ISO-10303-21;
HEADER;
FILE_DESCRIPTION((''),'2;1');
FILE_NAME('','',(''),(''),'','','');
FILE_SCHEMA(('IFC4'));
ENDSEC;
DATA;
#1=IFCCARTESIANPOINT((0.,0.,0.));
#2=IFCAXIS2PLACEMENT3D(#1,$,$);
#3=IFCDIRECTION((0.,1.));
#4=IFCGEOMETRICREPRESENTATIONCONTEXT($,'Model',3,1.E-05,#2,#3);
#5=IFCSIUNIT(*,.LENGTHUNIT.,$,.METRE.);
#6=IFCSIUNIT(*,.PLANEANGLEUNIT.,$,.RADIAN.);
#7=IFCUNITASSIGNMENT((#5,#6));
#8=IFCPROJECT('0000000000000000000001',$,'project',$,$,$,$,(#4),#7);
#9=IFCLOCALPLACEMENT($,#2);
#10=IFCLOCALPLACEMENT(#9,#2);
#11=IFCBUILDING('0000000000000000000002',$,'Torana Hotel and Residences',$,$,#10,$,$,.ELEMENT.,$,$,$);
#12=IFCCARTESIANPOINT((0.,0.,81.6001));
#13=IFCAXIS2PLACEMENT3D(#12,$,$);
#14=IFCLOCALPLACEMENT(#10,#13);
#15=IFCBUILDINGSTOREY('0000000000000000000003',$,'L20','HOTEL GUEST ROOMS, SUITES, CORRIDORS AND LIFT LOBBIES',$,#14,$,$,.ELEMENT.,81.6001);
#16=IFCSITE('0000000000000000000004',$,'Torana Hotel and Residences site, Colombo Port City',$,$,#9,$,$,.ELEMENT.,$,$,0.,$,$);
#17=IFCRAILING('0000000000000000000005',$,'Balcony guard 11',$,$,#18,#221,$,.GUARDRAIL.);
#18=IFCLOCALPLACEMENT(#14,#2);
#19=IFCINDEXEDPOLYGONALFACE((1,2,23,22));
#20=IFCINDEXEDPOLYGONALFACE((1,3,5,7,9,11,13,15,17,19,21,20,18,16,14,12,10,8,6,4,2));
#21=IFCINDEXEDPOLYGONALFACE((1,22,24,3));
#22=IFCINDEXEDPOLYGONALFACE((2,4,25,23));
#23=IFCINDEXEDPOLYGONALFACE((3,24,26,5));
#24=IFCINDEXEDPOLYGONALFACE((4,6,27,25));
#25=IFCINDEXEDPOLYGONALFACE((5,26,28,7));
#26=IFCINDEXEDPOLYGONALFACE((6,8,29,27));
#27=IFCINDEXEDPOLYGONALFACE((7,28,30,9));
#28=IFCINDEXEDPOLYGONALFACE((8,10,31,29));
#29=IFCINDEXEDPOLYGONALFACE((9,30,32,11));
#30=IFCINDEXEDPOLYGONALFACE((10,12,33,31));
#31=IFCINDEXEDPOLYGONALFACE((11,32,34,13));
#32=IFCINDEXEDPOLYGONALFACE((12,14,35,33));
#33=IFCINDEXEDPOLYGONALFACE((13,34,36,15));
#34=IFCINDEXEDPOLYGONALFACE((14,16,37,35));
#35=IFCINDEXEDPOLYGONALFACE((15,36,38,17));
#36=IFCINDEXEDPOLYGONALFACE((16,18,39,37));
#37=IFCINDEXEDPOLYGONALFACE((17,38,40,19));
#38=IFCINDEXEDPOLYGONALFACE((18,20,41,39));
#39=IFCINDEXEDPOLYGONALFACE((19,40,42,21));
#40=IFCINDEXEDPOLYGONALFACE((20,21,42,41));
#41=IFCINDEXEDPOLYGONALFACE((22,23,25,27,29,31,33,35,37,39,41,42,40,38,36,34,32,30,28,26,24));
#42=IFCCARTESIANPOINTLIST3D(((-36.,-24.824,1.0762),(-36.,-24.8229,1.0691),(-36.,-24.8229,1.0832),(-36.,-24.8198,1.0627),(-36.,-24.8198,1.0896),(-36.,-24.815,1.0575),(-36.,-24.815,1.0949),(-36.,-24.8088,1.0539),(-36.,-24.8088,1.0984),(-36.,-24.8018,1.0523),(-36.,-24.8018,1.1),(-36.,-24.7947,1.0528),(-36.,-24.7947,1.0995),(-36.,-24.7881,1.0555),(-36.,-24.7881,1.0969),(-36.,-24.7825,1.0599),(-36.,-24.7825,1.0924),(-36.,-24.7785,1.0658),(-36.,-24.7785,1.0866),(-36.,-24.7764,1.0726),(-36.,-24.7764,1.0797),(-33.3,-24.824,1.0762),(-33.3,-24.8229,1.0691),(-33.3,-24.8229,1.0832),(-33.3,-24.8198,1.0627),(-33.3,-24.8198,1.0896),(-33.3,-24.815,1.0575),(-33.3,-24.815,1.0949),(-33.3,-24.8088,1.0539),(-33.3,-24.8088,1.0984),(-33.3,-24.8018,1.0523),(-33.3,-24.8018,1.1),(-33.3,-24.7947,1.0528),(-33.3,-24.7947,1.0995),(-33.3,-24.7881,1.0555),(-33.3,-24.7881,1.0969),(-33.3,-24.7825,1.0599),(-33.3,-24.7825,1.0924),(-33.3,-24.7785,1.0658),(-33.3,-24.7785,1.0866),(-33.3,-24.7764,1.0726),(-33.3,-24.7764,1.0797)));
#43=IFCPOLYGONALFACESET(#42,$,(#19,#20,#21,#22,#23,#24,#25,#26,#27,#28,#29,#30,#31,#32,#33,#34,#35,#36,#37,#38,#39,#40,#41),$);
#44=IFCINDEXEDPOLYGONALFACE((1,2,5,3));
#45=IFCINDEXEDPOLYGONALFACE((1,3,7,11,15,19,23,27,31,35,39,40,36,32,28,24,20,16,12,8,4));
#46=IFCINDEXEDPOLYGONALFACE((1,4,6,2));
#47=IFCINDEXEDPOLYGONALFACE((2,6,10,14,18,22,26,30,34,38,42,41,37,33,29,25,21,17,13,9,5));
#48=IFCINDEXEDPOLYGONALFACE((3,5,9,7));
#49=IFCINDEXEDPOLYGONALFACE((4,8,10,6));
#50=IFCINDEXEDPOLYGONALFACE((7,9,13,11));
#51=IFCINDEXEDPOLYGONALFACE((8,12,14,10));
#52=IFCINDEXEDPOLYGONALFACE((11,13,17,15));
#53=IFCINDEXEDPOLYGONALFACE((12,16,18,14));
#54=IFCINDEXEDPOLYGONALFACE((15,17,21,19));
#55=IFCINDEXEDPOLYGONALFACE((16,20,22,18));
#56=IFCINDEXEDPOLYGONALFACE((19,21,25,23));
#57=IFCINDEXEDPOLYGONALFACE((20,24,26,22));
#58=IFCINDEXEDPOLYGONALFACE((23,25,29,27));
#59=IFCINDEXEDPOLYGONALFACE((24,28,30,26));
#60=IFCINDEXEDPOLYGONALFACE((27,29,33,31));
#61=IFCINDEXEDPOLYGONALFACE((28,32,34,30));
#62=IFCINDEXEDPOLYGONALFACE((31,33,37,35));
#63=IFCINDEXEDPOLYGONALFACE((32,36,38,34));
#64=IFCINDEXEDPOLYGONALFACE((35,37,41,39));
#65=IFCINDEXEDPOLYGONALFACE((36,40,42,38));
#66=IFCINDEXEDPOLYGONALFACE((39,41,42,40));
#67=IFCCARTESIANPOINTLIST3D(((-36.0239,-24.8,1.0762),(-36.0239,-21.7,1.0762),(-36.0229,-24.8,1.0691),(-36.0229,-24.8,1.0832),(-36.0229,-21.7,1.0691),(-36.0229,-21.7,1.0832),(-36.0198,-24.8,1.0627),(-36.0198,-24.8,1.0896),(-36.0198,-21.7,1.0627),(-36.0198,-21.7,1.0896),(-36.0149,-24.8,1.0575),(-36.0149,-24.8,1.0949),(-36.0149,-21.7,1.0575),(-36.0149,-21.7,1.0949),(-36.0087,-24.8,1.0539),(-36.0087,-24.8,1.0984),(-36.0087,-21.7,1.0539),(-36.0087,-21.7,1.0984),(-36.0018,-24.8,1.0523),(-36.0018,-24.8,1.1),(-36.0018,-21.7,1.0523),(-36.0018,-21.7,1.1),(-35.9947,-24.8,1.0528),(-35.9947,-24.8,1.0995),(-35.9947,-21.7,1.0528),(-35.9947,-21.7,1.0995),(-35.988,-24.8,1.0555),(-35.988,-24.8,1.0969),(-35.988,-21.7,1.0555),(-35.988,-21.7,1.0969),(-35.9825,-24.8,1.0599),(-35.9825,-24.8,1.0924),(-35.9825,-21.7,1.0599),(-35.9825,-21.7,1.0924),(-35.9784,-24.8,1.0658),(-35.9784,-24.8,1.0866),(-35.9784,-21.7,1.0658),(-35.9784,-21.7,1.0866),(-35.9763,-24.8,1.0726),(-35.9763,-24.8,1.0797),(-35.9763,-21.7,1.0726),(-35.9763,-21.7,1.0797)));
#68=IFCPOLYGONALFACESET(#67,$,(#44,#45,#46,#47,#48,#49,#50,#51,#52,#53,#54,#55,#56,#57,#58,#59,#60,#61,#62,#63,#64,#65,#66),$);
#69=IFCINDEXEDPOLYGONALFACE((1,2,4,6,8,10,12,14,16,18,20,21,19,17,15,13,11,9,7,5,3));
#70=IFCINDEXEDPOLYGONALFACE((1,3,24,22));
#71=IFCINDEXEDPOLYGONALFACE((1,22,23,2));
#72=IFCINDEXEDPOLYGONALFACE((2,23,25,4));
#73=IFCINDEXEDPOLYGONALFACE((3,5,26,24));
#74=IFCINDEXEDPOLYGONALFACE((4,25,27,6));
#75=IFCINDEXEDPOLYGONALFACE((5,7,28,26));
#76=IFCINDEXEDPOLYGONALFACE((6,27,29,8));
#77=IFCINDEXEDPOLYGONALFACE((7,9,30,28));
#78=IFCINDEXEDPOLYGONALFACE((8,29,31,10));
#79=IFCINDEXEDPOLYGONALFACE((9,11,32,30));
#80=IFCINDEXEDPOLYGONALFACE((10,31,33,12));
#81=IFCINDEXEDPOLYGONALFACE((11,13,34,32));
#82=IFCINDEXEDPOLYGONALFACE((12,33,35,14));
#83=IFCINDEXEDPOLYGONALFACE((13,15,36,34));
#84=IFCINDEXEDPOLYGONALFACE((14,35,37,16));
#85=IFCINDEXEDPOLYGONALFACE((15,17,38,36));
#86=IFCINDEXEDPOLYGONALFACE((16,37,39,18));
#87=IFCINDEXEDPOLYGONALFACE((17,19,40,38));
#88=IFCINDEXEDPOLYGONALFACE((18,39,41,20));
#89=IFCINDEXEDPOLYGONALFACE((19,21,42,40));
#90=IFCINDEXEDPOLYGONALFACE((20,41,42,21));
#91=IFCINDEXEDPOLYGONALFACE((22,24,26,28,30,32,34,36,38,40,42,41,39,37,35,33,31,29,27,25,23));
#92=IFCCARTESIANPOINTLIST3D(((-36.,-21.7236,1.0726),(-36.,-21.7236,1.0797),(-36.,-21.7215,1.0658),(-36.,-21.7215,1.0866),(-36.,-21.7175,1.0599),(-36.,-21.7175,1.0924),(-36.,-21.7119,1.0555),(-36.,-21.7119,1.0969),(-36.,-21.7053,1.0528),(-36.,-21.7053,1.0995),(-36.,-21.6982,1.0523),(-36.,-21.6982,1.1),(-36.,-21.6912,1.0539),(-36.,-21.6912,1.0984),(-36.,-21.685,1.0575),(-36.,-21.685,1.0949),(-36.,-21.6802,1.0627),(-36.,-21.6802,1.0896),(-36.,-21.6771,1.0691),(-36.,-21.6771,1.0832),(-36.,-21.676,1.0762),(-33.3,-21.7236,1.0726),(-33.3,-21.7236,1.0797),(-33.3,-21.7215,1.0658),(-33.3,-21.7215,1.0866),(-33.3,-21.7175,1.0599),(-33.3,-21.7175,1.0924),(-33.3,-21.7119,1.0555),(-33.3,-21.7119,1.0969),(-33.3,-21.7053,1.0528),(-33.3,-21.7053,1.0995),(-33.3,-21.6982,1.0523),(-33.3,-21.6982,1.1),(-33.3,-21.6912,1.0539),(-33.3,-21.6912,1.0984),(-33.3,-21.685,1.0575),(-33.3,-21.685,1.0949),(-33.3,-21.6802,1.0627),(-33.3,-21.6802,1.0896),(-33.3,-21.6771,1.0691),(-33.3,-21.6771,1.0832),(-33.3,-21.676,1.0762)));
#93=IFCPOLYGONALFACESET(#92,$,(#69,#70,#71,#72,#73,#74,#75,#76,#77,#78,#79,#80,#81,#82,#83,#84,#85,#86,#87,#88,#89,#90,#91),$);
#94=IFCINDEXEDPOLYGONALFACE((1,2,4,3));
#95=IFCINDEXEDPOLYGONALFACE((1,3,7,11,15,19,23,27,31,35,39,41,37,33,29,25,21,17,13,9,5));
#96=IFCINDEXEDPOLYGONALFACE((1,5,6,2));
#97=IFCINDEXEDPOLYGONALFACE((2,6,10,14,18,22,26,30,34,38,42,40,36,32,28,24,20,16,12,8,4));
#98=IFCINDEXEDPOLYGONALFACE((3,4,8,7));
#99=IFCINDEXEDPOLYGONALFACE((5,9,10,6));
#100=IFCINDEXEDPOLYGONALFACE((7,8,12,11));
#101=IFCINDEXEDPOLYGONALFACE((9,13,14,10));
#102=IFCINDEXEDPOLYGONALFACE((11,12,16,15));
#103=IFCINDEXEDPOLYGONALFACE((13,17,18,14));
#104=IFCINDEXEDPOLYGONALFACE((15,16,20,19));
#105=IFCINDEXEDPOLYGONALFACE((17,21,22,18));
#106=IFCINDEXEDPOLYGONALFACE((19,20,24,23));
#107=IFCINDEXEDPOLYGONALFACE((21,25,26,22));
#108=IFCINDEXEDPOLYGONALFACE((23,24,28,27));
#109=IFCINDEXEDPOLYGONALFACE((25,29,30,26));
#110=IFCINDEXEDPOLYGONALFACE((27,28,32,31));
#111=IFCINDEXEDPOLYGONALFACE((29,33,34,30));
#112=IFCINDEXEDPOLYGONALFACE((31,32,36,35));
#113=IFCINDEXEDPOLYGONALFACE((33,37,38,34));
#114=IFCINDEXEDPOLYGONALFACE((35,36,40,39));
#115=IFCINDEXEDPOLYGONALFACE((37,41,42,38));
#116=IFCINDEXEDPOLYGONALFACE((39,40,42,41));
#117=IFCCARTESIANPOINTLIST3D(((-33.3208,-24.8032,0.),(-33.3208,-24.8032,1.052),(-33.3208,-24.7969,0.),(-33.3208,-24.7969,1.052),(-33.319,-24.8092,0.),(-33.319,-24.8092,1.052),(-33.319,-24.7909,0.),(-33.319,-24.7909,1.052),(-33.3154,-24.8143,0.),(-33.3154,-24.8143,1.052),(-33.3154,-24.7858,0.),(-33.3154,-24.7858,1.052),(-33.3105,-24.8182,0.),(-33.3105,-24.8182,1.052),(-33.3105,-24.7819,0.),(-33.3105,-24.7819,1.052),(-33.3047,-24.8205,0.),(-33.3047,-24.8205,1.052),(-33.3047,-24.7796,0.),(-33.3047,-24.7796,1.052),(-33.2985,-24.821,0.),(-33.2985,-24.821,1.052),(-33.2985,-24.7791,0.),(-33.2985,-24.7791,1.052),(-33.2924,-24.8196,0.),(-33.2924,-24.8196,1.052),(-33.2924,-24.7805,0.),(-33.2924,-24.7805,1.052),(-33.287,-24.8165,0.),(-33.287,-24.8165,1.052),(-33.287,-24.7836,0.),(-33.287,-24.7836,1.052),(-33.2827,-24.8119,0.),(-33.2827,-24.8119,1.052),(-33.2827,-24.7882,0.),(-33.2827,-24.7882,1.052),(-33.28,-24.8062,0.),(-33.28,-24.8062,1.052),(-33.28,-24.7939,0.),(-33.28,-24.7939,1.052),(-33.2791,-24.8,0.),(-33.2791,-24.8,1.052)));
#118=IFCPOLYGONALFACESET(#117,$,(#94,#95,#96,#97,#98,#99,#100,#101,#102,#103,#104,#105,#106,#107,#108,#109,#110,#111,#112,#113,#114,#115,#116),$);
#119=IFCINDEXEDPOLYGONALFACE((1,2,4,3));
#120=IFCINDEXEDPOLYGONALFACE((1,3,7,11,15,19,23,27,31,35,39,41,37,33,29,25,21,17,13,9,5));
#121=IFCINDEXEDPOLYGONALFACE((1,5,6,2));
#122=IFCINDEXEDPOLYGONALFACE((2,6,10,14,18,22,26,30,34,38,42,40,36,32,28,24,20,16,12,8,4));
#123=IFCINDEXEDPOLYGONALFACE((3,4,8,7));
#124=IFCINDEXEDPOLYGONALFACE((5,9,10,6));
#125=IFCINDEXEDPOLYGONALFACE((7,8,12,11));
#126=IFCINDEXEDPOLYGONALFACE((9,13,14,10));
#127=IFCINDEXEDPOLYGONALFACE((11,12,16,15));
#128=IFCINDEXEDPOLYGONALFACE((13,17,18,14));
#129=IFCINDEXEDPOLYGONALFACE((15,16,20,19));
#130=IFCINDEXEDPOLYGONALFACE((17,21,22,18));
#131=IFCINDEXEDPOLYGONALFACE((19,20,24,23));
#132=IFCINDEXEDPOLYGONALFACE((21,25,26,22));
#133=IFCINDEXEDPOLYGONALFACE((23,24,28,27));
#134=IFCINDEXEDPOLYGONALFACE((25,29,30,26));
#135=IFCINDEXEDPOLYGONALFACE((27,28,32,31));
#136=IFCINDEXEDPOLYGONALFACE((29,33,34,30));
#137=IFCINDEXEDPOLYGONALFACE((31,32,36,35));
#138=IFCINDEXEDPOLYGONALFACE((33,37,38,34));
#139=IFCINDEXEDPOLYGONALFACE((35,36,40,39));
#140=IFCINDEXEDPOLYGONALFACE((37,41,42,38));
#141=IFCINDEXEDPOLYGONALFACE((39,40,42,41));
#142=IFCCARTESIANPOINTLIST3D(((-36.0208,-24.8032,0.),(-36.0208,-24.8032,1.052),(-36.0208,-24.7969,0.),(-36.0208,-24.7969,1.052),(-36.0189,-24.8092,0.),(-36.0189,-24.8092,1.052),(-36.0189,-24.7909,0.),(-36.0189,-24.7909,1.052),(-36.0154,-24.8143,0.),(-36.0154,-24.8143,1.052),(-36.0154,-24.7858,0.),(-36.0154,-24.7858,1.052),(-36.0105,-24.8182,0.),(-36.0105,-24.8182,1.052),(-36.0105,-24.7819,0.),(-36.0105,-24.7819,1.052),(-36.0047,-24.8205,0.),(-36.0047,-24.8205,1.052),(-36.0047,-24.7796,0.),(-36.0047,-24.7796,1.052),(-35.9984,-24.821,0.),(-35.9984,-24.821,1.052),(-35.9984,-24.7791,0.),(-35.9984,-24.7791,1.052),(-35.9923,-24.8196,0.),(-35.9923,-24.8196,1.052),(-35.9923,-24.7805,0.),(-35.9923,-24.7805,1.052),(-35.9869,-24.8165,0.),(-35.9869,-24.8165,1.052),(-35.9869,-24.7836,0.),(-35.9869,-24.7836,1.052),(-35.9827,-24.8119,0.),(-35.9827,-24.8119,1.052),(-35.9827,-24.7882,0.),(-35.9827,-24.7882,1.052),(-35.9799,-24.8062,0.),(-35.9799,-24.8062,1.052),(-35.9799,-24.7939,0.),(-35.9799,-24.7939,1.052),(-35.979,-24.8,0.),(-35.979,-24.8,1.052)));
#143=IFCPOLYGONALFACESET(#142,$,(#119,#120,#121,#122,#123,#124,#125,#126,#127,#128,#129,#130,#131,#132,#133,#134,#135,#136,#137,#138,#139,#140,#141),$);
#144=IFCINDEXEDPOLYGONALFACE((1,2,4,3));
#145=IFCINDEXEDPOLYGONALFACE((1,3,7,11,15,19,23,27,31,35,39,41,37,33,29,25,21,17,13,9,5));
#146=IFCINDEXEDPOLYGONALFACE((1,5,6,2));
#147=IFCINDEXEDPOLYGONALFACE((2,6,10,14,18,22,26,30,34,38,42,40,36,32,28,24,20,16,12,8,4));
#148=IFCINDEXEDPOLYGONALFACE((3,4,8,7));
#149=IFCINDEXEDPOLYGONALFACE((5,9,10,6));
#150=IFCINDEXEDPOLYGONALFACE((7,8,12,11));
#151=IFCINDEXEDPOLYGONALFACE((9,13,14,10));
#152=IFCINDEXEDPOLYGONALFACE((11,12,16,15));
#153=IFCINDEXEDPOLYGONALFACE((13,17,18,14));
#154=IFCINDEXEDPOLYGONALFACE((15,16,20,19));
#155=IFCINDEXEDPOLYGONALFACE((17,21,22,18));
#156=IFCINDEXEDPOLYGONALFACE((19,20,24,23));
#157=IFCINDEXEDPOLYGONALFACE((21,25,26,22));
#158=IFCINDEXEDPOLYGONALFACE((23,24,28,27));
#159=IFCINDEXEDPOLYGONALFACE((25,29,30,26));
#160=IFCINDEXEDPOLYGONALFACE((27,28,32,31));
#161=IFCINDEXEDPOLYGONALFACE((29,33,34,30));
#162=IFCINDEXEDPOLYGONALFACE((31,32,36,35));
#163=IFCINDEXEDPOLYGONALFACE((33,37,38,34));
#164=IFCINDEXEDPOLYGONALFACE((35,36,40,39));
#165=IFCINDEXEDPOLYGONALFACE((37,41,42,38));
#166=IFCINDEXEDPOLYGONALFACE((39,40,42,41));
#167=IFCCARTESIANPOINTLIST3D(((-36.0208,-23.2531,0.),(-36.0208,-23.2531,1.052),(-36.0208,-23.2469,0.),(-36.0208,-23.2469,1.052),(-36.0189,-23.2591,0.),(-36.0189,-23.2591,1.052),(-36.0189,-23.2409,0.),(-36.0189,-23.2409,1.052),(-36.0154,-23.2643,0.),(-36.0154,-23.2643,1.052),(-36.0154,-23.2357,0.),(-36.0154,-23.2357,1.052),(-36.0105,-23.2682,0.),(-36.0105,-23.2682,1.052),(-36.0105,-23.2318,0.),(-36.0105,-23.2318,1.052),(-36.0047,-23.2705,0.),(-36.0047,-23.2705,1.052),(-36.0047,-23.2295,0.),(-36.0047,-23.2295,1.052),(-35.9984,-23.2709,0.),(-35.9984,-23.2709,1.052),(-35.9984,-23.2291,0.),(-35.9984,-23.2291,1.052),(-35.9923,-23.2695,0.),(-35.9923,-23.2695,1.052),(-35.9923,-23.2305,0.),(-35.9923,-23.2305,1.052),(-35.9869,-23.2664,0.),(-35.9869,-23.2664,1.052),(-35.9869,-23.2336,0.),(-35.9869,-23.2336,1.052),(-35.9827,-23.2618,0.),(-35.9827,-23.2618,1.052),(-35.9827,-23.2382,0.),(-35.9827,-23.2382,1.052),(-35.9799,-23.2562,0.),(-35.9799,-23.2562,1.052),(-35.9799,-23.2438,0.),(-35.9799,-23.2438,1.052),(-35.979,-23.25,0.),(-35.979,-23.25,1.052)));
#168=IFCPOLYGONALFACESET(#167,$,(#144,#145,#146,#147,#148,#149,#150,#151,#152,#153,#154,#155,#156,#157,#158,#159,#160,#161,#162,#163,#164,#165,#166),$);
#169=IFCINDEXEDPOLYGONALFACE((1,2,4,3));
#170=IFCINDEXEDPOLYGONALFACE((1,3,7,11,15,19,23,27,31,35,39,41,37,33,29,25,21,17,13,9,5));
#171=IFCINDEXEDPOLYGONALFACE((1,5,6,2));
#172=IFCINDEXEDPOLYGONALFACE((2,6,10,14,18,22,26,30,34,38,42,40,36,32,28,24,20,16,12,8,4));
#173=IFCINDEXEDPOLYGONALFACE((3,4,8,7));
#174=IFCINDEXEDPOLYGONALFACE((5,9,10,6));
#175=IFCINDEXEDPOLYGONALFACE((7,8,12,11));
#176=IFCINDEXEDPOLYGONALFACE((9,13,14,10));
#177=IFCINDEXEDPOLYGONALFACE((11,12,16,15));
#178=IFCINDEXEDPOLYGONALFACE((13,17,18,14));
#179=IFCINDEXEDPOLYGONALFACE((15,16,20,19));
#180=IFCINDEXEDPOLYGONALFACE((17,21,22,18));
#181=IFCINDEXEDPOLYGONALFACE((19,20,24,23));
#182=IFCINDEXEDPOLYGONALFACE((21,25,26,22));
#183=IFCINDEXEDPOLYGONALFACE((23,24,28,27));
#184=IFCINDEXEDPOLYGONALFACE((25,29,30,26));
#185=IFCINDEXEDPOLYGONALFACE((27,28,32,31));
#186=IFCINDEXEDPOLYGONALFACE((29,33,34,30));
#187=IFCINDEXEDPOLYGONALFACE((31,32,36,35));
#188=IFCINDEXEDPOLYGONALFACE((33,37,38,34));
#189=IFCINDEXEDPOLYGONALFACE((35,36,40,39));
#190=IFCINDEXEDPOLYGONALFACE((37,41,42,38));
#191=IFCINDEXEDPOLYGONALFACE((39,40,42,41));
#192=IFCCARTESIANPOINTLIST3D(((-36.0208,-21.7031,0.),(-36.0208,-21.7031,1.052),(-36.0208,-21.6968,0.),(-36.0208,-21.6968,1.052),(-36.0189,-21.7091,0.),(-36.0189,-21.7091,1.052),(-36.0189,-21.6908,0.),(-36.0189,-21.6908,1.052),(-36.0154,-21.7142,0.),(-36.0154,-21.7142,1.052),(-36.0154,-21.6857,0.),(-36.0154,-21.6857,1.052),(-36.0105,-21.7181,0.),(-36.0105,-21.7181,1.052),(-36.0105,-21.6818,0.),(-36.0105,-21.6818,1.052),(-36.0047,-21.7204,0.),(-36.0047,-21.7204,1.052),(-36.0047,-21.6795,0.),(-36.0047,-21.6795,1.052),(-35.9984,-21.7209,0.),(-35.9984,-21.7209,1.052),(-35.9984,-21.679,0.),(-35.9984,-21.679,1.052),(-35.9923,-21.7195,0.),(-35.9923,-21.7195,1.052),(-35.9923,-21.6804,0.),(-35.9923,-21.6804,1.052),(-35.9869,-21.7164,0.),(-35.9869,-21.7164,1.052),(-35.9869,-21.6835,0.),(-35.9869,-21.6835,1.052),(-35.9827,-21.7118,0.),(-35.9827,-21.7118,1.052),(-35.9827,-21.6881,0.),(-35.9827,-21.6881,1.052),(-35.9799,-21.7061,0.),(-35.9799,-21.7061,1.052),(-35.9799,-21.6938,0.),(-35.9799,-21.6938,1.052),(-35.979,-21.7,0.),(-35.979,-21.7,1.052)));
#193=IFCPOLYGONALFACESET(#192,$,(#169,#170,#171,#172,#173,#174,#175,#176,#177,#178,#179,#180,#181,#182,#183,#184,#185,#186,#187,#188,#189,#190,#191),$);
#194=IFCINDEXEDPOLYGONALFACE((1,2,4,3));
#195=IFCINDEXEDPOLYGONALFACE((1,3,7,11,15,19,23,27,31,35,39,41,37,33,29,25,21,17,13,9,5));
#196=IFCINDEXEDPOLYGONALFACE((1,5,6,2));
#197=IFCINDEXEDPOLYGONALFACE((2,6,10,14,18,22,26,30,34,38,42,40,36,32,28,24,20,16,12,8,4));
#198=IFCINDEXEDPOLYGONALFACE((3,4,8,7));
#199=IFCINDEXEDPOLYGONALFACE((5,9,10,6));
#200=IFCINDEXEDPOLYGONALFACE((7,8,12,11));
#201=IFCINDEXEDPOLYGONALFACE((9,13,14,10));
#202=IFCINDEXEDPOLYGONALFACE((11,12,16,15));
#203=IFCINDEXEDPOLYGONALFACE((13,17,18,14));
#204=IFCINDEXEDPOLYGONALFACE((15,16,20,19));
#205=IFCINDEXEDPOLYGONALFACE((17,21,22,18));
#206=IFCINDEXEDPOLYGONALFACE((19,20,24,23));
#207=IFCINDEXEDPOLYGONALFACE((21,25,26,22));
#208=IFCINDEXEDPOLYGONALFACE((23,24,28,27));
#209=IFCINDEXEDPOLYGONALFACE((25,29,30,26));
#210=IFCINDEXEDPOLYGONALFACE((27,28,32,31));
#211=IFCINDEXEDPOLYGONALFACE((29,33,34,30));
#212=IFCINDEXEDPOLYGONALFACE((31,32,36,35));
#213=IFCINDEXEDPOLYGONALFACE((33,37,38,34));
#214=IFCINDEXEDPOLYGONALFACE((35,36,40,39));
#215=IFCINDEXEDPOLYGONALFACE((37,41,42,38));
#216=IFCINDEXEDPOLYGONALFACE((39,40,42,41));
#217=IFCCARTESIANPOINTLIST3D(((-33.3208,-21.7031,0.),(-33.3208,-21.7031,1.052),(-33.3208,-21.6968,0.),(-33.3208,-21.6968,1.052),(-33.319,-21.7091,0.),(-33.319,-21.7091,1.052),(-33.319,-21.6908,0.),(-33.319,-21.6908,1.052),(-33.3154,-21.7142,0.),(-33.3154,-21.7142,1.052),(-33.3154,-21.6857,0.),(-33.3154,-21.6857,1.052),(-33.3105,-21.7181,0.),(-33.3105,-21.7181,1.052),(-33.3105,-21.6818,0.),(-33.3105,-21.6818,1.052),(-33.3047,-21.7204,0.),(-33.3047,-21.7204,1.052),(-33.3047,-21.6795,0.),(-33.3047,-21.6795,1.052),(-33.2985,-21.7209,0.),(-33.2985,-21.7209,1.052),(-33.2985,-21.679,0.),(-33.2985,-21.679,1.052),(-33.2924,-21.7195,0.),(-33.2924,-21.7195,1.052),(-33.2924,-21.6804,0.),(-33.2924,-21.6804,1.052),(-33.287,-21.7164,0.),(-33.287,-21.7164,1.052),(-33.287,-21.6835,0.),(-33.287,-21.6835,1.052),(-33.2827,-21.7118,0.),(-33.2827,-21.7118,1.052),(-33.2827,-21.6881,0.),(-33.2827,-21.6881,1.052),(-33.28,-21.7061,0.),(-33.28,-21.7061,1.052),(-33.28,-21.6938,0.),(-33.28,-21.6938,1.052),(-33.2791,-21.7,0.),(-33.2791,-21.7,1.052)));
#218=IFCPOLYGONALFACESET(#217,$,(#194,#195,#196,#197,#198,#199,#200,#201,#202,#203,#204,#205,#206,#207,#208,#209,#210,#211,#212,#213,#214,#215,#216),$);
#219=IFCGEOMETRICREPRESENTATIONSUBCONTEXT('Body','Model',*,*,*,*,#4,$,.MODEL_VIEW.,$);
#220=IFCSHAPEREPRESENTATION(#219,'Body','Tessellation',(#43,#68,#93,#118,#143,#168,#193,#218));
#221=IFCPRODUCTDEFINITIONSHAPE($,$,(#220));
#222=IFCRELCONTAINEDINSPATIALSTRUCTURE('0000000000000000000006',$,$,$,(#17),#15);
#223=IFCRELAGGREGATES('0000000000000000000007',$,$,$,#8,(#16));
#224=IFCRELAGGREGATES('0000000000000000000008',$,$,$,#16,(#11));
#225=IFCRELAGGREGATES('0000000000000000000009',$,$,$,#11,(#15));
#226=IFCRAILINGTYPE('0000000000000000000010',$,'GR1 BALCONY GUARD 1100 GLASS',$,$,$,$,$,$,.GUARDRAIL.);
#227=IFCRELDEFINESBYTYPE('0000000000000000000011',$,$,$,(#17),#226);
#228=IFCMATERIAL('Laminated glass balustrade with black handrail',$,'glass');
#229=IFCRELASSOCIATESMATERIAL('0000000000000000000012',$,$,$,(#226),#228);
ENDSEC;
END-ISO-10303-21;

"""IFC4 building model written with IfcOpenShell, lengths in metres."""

from ifc_helpers import new_model, si_unit, direction, frame, origin, origin_2d, place, context, subcontext, project, spatial, circle, extrude, material, type_object, element, save


model = new_model("IFC4")

# Units and contexts
model_context = context("Model", 3, precision=1e-05, world=origin(), true_north=direction((0.0, 1.0)))
body_context = subcontext(model_context, "Body", "Model", "MODEL_VIEW")
ifc_project = project(units=[si_unit("LENGTHUNIT", "METRE"), si_unit("PLANEANGLEUNIT", "RADIAN")], contexts=[model_context])

# Site, building, storey
site_placement = place(None, origin())
site = spatial("IfcSite", under=ifc_project, at=site_placement, Name="Torana Hotel and Residences site, Colombo Port City", CompositionType="ELEMENT", RefElevation=0.0)
building_placement = place(site_placement, origin())
building = spatial("IfcBuilding", under=site, at=building_placement, Name="Torana Hotel and Residences", CompositionType="ELEMENT")
storey_placement = place(building_placement, frame((0.0, 0.0, 81.6001)))
storey = spatial("IfcBuildingStorey", under=building, at=storey_placement, Name="L20", Description="HOTEL GUEST ROOMS, SUITES, CORRIDORS AND LIFT LOBBIES", CompositionType="ELEMENT", Elevation=81.6001)

# Railing
ifc_material_1 = material(Name="Laminated glass balustrade with black handrail", Category="glass")
railing_type = type_object("IfcRailingType", Name="GR1 BALCONY GUARD 1100 GLASS", PredefinedType="GUARDRAIL", material=ifc_material_1)
railing_1_placement = place(storey_placement, frame((-33.3, -24.8, 0.0)))
element("IfcRailing", 1, at=railing_1_placement, inside=storey, type_object=railing_type, Name="Balcony guard 11", PredefinedType="GUARDRAIL", context=body_context, shape_type="SweptSolid", body=[
    extrude(circle(Radius=0.0239, at=origin_2d()), frame((0.0, 0.0, 1.0762), z_axis=(-1.0, 0.0, 0.0), x_axis=(0.0, -1.0, 0.0)), (0.0, 0.0, 1.0), 2.7),
    extrude(circle(Radius=0.0239, at=origin_2d()), frame((-2.7, 0.0, 1.0762), z_axis=(0.0, 1.0, 0.0), x_axis=(-1.0, 0.0, 0.0)), (0.0, 0.0, 1.0), 3.1001),
    extrude(circle(Radius=0.0239, at=origin_2d()), frame((-2.7, 3.1001, 1.0762), z_axis=(1.0, 0.0, 0.0), x_axis=(0.0, 1.0, 0.0)), (0.0, 0.0, 1.0), 2.7),
    extrude(circle(Radius=0.021, at=origin_2d()), origin(), (0.0, 0.0, 1.0), 1.052),
    extrude(circle(Radius=0.021, at=origin_2d()), frame((-2.7, 0.0, 0.0)), (0.0, 0.0, 1.0), 1.052),
    extrude(circle(Radius=0.021, at=origin_2d()), frame((-2.7, 1.55, 0.0)), (0.0, 0.0, 1.0), 1.052),
    extrude(circle(Radius=0.021, at=origin_2d()), frame((-2.7, 3.1001, 0.0)), (0.0, 0.0, 1.0), 1.052),
    extrude(circle(Radius=0.021, at=origin_2d()), frame((0.0, 3.1001, 0.0)), (0.0, 0.0, 1.0), 1.052),
])

save(model, "model.ifc")
